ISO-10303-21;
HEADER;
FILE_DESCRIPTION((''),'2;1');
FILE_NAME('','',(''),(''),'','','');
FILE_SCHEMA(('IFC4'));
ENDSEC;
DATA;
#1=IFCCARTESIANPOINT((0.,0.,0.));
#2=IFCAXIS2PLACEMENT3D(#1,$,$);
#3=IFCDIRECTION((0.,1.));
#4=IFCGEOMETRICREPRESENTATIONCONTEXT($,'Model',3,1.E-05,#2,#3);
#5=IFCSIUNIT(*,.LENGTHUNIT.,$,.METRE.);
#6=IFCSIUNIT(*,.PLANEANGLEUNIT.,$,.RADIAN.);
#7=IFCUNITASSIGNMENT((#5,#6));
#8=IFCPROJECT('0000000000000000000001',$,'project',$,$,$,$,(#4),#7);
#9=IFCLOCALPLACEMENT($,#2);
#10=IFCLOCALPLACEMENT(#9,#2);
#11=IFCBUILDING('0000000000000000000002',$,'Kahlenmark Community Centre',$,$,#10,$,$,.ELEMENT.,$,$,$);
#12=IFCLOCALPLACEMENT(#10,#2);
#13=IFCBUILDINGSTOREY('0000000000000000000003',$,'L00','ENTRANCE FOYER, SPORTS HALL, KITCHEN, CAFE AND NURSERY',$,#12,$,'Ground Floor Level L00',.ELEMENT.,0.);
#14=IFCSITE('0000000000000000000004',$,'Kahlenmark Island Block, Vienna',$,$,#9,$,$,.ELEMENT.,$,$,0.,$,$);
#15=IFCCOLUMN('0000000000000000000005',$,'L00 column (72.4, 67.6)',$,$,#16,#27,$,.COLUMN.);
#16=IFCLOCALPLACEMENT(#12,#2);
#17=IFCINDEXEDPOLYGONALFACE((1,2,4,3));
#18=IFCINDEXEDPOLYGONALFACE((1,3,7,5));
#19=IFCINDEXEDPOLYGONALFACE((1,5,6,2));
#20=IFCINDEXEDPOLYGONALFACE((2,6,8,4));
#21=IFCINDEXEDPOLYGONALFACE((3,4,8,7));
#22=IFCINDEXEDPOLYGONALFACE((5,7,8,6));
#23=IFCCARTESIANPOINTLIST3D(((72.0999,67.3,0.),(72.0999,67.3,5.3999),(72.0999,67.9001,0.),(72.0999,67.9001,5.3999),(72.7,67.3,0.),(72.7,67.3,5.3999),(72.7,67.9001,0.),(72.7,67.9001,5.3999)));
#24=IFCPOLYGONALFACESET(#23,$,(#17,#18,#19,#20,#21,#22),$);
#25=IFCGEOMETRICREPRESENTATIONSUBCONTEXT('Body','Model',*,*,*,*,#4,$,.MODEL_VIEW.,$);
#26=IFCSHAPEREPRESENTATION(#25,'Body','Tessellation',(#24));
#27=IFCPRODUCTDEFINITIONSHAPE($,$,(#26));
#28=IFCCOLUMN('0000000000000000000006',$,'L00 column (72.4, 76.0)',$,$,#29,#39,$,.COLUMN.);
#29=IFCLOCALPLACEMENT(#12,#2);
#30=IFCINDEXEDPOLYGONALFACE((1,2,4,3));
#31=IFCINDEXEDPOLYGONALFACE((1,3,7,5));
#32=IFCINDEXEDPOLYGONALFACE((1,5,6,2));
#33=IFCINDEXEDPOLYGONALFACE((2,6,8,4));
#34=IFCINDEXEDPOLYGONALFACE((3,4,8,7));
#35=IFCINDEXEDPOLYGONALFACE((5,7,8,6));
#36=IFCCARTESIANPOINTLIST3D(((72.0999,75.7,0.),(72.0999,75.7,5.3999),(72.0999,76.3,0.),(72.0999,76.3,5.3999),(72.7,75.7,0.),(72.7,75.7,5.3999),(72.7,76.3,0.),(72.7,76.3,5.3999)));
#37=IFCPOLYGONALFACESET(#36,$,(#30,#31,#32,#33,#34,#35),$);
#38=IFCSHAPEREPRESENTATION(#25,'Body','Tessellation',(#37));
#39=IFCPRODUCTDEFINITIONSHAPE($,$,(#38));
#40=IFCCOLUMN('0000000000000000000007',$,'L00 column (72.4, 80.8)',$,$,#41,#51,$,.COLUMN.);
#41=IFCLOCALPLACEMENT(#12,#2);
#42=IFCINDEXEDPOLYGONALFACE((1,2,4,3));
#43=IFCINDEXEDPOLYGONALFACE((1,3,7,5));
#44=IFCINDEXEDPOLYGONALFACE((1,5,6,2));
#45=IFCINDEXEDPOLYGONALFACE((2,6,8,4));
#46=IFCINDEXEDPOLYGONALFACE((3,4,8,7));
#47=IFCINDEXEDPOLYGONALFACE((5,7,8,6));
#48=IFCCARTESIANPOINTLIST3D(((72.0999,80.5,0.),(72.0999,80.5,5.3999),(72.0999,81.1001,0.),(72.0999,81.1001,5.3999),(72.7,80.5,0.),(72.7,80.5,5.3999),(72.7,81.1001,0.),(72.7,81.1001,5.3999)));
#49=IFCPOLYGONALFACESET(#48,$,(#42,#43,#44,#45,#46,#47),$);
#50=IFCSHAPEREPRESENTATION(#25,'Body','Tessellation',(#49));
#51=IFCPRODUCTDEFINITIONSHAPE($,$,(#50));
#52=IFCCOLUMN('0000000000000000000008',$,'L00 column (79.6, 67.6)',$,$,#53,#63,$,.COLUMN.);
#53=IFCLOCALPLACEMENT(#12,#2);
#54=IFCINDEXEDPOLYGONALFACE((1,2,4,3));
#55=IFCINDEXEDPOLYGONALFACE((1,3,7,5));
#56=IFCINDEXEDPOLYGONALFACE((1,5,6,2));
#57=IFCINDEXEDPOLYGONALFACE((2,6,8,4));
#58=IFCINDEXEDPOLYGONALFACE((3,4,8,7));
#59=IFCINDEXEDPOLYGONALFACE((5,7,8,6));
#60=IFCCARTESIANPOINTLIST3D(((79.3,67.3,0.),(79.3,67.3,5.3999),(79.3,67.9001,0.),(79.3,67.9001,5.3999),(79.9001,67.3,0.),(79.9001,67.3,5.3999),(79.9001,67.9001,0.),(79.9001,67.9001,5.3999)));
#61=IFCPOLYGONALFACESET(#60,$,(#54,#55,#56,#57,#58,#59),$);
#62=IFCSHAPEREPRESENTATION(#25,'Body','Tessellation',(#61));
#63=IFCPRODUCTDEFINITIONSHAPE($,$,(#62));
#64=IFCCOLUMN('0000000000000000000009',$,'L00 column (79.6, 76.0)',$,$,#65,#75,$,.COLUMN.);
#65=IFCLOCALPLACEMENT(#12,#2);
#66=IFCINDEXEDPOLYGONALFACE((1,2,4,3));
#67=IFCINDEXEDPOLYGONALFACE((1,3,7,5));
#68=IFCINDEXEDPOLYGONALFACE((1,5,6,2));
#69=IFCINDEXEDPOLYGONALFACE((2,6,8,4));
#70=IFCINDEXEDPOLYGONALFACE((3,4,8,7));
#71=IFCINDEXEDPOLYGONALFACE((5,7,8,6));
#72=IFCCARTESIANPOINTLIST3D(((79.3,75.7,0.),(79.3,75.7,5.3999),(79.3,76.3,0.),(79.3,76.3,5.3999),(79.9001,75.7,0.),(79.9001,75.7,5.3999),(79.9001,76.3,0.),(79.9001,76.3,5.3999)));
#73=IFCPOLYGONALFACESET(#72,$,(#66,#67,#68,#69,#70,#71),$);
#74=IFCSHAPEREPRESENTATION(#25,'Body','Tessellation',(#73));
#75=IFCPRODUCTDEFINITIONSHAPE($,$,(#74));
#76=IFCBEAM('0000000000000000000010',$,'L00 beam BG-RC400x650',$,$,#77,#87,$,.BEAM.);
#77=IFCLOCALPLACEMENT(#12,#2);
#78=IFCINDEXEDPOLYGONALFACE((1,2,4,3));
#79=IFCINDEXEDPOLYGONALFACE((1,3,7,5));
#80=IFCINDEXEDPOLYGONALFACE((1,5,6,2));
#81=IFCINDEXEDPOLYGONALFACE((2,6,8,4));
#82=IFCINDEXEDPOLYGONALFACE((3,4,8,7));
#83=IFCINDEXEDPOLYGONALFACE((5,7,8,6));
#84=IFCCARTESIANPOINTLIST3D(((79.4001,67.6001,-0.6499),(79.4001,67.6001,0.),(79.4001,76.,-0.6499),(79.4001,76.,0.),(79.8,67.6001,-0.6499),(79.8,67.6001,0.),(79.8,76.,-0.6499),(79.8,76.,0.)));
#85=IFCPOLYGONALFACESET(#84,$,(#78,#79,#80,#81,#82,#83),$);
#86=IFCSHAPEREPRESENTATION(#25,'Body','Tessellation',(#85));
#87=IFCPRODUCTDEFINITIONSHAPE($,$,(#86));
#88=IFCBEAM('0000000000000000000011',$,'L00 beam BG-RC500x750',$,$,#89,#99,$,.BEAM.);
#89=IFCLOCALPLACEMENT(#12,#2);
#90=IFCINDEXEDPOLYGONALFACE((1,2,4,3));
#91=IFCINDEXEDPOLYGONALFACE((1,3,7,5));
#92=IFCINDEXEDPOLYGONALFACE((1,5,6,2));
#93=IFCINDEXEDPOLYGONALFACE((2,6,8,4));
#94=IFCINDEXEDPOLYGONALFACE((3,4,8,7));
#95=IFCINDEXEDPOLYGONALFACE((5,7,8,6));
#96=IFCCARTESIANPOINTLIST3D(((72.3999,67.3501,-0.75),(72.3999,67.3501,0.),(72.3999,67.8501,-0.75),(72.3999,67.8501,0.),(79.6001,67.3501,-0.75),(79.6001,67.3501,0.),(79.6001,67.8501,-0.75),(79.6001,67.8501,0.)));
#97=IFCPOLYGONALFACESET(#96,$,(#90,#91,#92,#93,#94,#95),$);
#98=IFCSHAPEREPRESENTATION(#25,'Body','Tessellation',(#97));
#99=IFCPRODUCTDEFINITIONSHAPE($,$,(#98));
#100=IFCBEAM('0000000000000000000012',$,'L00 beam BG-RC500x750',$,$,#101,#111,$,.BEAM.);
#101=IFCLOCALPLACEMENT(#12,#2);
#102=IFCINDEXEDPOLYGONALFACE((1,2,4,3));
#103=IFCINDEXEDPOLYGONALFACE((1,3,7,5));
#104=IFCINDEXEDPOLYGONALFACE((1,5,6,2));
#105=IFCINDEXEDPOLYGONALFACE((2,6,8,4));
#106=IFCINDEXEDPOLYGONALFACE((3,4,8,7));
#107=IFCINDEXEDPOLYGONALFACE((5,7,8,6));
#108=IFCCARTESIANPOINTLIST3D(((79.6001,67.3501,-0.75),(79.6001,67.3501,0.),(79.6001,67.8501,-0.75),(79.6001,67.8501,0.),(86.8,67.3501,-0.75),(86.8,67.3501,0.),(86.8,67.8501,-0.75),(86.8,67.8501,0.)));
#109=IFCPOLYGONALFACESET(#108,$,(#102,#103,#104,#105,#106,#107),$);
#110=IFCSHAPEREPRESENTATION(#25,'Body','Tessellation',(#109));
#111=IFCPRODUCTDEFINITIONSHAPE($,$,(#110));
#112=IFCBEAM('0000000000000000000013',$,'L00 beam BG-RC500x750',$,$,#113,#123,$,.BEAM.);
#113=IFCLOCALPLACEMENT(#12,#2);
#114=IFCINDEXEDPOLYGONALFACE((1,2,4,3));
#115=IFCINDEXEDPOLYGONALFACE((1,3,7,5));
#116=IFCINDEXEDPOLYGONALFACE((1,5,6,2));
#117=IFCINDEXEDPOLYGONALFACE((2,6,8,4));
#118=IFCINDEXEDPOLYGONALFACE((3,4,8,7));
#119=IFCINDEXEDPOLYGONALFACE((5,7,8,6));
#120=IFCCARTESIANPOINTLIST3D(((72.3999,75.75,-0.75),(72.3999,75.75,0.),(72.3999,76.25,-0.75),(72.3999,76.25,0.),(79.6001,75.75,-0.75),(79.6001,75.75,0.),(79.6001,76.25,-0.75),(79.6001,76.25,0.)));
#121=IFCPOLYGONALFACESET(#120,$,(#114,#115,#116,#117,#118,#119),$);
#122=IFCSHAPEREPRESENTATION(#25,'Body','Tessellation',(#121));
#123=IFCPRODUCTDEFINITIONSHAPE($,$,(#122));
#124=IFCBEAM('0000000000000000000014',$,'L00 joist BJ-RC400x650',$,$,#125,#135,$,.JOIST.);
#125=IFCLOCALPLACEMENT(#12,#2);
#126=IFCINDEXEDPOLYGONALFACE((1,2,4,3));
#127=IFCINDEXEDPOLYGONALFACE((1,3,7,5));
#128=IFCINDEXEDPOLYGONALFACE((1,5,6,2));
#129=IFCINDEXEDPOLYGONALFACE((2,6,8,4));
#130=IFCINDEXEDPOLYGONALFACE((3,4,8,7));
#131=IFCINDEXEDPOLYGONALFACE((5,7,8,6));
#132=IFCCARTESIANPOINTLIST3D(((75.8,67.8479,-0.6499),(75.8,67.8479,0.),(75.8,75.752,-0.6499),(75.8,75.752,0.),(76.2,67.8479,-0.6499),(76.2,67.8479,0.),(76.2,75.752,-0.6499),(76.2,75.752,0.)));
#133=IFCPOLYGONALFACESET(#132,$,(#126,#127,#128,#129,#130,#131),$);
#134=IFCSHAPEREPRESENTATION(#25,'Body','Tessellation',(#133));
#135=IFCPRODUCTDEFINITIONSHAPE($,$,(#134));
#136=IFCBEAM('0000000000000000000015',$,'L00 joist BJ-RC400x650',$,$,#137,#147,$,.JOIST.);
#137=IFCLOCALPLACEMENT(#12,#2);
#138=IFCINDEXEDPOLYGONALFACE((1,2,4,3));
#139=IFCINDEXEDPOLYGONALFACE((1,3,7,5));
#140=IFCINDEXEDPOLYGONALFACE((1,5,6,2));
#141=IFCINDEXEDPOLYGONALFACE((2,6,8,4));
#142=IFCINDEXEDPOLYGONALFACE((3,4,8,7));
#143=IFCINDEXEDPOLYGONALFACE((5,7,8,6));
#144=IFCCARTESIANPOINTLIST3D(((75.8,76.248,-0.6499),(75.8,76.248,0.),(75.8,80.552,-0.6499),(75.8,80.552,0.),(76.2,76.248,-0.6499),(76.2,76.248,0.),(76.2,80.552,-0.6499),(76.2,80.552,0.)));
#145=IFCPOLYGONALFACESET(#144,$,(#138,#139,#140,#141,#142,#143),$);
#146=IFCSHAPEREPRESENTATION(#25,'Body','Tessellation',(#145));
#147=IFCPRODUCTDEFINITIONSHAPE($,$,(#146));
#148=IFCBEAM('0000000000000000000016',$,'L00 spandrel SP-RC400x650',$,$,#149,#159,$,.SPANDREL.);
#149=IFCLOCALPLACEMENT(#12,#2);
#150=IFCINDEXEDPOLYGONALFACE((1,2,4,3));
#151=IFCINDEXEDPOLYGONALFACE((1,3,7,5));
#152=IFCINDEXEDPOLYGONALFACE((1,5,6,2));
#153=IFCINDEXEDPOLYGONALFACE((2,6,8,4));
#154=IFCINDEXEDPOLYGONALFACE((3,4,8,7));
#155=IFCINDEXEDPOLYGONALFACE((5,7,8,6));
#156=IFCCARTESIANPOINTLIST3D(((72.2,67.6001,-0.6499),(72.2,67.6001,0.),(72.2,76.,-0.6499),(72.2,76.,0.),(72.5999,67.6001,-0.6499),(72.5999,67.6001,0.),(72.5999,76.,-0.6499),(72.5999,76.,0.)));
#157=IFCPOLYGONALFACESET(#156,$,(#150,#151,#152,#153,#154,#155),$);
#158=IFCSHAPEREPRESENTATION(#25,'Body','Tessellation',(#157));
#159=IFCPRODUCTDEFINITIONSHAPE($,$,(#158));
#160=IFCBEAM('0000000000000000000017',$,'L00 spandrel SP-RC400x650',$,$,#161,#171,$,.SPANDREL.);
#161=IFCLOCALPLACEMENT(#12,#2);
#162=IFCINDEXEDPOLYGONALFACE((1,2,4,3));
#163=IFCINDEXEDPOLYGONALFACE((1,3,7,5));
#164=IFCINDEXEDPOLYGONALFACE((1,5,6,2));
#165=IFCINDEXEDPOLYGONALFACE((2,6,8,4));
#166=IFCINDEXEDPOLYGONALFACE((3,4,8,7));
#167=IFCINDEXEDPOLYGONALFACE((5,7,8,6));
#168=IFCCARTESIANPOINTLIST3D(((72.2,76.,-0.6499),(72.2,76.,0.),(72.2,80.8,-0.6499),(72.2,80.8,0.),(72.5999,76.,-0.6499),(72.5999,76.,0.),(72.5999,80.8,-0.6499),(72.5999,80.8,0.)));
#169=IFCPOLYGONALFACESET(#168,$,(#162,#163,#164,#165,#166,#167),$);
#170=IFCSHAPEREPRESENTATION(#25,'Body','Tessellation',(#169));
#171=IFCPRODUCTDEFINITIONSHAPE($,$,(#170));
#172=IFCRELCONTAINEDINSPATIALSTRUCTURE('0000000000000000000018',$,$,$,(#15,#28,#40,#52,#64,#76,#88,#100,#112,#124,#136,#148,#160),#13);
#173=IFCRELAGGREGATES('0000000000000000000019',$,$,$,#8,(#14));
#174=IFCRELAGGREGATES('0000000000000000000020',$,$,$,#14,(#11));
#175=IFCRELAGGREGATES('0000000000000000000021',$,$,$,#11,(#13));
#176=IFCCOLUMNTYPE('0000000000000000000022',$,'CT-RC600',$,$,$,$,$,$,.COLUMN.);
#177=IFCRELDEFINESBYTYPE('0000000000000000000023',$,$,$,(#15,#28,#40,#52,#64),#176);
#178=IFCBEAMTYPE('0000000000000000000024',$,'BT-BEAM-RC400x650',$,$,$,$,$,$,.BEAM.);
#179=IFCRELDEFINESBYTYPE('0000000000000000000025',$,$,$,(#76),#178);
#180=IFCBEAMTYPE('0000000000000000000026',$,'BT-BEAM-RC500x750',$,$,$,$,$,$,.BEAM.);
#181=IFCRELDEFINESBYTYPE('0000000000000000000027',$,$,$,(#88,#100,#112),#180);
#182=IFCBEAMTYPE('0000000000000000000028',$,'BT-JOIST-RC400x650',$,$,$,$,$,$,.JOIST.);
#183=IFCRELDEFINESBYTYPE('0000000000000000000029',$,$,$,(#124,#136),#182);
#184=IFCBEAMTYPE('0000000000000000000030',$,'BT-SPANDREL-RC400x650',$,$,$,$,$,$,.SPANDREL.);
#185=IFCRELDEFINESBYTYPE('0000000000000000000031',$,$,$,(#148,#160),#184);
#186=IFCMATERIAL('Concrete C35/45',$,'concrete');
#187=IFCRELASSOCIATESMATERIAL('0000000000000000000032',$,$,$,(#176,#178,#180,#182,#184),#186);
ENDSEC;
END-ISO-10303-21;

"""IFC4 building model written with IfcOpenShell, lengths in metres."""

from ifc_helpers import new_model, si_unit, direction, frame, origin, origin_2d, place, context, subcontext, project, spatial, rectangle, extrude, material, material_profile, profile_set, type_object, element, save


model = new_model("IFC4")

# Units and contexts
model_context = context("Model", 3, precision=1e-05, world=origin(), true_north=direction((0.0, 1.0)))
body_context = subcontext(model_context, "Body", "Model", "MODEL_VIEW")
ifc_project = project(units=[si_unit("LENGTHUNIT", "METRE"), si_unit("PLANEANGLEUNIT", "RADIAN")], contexts=[model_context])

# Site, building, storey
site_placement = place(None, origin())
site = spatial("IfcSite", under=ifc_project, at=site_placement, Name="Kahlenmark Island Block, Vienna", CompositionType="ELEMENT", RefElevation=0.0)
building_placement = place(site_placement, origin())
building = spatial("IfcBuilding", under=site, at=building_placement, Name="Kahlenmark Community Centre", CompositionType="ELEMENT")
storey_placement = place(building_placement, origin())
storey = spatial("IfcBuildingStorey", under=building, at=storey_placement, Name="L00", Description="ENTRANCE FOYER, SPORTS HALL, KITCHEN, CAFE AND NURSERY", LongName="Ground Floor Level L00", CompositionType="ELEMENT", Elevation=0.0)

# Columns
ifc_material_1 = material(Name="Concrete C35/45", Category="concrete")
ifc_material_profile_1 = material_profile(ifc_material_1, rectangle(XDim=0.6001, YDim=0.6001, at=origin_2d()), Name="RC 600x600")
ifc_profile_set_1 = profile_set([ifc_material_profile_1], Name="Concrete C35/45")
column_type = type_object("IfcColumnType", Name="CT-RC600", PredefinedType="COLUMN", material=ifc_profile_set_1)
for number, where, z_axis, x_axis, name in (
    (1, (72.3999, 67.6001, 0.0), (0.0, 0.0, 1.0), (1.0, 0.0, 0.0), "L00 column (72.4, 67.6)"),
    (2, (72.3999, 76.0, 0.0), (0.0, 0.0, 1.0), (1.0, 0.0, 0.0), "L00 column (72.4, 76.0)"),
    (3, (72.3999, 80.8, 0.0), (0.0, 0.0, 1.0), (1.0, 0.0, 0.0), "L00 column (72.4, 80.8)"),
    (4, (79.6001, 67.6001, 0.0), (0.0, 0.0, 1.0), (1.0, 0.0, 0.0), "L00 column (79.6, 67.6)"),
    (5, (79.6001, 76.0, 0.0), (0.0, 0.0, 1.0), (1.0, 0.0, 0.0), "L00 column (79.6, 76.0)"),
):
    element("IfcColumn", number, at=place(storey_placement, frame(where, z_axis=z_axis, x_axis=x_axis)), inside=storey, type_object=column_type, Name=name, PredefinedType="COLUMN", context=body_context, shape_type="SweptSolid", body=[
        extrude(rectangle(XDim=0.6001, YDim=0.6001, at=origin_2d()), origin(), (0.0, 0.0, 1.0), 5.3999),
    ])

# Beams
ifc_material_profile_2 = material_profile(ifc_material_1, rectangle(XDim=0.3999, YDim=0.6499, at=origin_2d()), Name="RC 400x650")
ifc_profile_set_2 = profile_set([ifc_material_profile_2], Name="Concrete C35/45")
beam_type_1 = type_object("IfcBeamType", Name="BT-BEAM-RC400x650", PredefinedType="BEAM", material=ifc_profile_set_2)
beam_1_placement = place(storey_placement, frame((79.6001, 67.6001, -0.325), z_axis=(0.0, 1.0, 0.0), x_axis=(-1.0, 0.0, 0.0)))
element("IfcBeam", 6, at=beam_1_placement, inside=storey, type_object=beam_type_1, Name="L00 beam BG-RC400x650", PredefinedType="BEAM", context=body_context, shape_type="SweptSolid", body=[
    extrude(rectangle(XDim=0.3999, YDim=0.6499, at=origin_2d()), origin(), (0.0, 0.0, 1.0), 8.3999),
])
ifc_material_profile_3 = material_profile(ifc_material_1, rectangle(XDim=0.5, YDim=0.75, at=origin_2d()), Name="RC 500x750")
ifc_profile_set_3 = profile_set([ifc_material_profile_3], Name="Concrete C35/45")
beam_type_2 = type_object("IfcBeamType", Name="BT-BEAM-RC500x750", PredefinedType="BEAM", material=ifc_profile_set_3)
beam_2_placement = place(storey_placement, frame((72.3999, 67.6001, -0.375), z_axis=(1.0, 0.0, 0.0), x_axis=(0.0, 1.0, 0.0)))
element("IfcBeam", 7, at=beam_2_placement, inside=storey, type_object=beam_type_2, Name="L00 beam BG-RC500x750", PredefinedType="BEAM", context=body_context, shape_type="SweptSolid", body=[
    extrude(rectangle(XDim=0.5, YDim=0.75, at=origin_2d()), origin(), (0.0, 0.0, 1.0), 7.2002),
])
beam_3_placement = place(storey_placement, frame((79.6001, 67.6001, -0.375), z_axis=(1.0, 0.0, 0.0), x_axis=(0.0, 1.0, 0.0)))
element("IfcBeam", 8, at=beam_3_placement, inside=storey, type_object=beam_type_2, Name="L00 beam BG-RC500x750", PredefinedType="BEAM", context=body_context, shape_type="SweptSolid", body=[
    extrude(rectangle(XDim=0.5, YDim=0.75, at=origin_2d()), origin(), (0.0, 0.0, 1.0), 7.2),
])
beam_4_placement = place(storey_placement, frame((72.3999, 76.0, -0.375), z_axis=(1.0, 0.0, 0.0), x_axis=(0.0, 1.0, 0.0)))
element("IfcBeam", 9, at=beam_4_placement, inside=storey, type_object=beam_type_2, Name="L00 beam BG-RC500x750", PredefinedType="BEAM", context=body_context, shape_type="SweptSolid", body=[
    extrude(rectangle(XDim=0.5, YDim=0.75, at=origin_2d()), origin(), (0.0, 0.0, 1.0), 7.2002),
])
ifc_material_profile_4 = material_profile(ifc_material_1, rectangle(XDim=0.3999, YDim=0.6499, at=origin_2d()), Name="RC 400x650")
ifc_profile_set_4 = profile_set([ifc_material_profile_4], Name="Concrete C35/45")
beam_type_3 = type_object("IfcBeamType", Name="BT-JOIST-RC400x650", PredefinedType="JOIST", material=ifc_profile_set_4)
beam_5_placement = place(storey_placement, frame((76.0, 67.8479, -0.325), z_axis=(0.0, 1.0, 0.0), x_axis=(-1.0, 0.0, 0.0)))
element("IfcBeam", 10, at=beam_5_placement, inside=storey, type_object=beam_type_3, Name="L00 joist BJ-RC400x650", PredefinedType="JOIST", context=body_context, shape_type="SweptSolid", body=[
    extrude(rectangle(XDim=0.3999, YDim=0.6499, at=origin_2d()), origin(), (0.0, 0.0, 1.0), 7.9041),
])
beam_6_placement = place(storey_placement, frame((76.0, 76.248, -0.325), z_axis=(0.0, 1.0, 0.0), x_axis=(-1.0, 0.0, 0.0)))
element("IfcBeam", 11, at=beam_6_placement, inside=storey, type_object=beam_type_3, Name="L00 joist BJ-RC400x650", PredefinedType="JOIST", context=body_context, shape_type="SweptSolid", body=[
    extrude(rectangle(XDim=0.3999, YDim=0.6499, at=origin_2d()), origin(), (0.0, 0.0, 1.0), 4.304),
])
ifc_material_profile_5 = material_profile(ifc_material_1, rectangle(XDim=0.3999, YDim=0.6499, at=origin_2d()), Name="RC 400x650")
ifc_profile_set_5 = profile_set([ifc_material_profile_5], Name="Concrete C35/45")
beam_type_4 = type_object("IfcBeamType", Name="BT-SPANDREL-RC400x650", PredefinedType="SPANDREL", material=ifc_profile_set_5)
beam_7_placement = place(storey_placement, frame((72.3999, 67.6001, -0.325), z_axis=(0.0, 1.0, 0.0), x_axis=(-1.0, 0.0, 0.0)))
element("IfcBeam", 12, at=beam_7_placement, inside=storey, type_object=beam_type_4, Name="L00 spandrel SP-RC400x650", PredefinedType="SPANDREL", context=body_context, shape_type="SweptSolid", body=[
    extrude(rectangle(XDim=0.3999, YDim=0.6499, at=origin_2d()), origin(), (0.0, 0.0, 1.0), 8.3999),
])
beam_8_placement = place(storey_placement, frame((72.3999, 76.0, -0.325), z_axis=(0.0, 1.0, 0.0), x_axis=(-1.0, 0.0, 0.0)))
element("IfcBeam", 13, at=beam_8_placement, inside=storey, type_object=beam_type_4, Name="L00 spandrel SP-RC400x650", PredefinedType="SPANDREL", context=body_context, shape_type="SweptSolid", body=[
    extrude(rectangle(XDim=0.3999, YDim=0.6499, at=origin_2d()), origin(), (0.0, 0.0, 1.0), 4.8),
])

save(model, "model.ifc")
